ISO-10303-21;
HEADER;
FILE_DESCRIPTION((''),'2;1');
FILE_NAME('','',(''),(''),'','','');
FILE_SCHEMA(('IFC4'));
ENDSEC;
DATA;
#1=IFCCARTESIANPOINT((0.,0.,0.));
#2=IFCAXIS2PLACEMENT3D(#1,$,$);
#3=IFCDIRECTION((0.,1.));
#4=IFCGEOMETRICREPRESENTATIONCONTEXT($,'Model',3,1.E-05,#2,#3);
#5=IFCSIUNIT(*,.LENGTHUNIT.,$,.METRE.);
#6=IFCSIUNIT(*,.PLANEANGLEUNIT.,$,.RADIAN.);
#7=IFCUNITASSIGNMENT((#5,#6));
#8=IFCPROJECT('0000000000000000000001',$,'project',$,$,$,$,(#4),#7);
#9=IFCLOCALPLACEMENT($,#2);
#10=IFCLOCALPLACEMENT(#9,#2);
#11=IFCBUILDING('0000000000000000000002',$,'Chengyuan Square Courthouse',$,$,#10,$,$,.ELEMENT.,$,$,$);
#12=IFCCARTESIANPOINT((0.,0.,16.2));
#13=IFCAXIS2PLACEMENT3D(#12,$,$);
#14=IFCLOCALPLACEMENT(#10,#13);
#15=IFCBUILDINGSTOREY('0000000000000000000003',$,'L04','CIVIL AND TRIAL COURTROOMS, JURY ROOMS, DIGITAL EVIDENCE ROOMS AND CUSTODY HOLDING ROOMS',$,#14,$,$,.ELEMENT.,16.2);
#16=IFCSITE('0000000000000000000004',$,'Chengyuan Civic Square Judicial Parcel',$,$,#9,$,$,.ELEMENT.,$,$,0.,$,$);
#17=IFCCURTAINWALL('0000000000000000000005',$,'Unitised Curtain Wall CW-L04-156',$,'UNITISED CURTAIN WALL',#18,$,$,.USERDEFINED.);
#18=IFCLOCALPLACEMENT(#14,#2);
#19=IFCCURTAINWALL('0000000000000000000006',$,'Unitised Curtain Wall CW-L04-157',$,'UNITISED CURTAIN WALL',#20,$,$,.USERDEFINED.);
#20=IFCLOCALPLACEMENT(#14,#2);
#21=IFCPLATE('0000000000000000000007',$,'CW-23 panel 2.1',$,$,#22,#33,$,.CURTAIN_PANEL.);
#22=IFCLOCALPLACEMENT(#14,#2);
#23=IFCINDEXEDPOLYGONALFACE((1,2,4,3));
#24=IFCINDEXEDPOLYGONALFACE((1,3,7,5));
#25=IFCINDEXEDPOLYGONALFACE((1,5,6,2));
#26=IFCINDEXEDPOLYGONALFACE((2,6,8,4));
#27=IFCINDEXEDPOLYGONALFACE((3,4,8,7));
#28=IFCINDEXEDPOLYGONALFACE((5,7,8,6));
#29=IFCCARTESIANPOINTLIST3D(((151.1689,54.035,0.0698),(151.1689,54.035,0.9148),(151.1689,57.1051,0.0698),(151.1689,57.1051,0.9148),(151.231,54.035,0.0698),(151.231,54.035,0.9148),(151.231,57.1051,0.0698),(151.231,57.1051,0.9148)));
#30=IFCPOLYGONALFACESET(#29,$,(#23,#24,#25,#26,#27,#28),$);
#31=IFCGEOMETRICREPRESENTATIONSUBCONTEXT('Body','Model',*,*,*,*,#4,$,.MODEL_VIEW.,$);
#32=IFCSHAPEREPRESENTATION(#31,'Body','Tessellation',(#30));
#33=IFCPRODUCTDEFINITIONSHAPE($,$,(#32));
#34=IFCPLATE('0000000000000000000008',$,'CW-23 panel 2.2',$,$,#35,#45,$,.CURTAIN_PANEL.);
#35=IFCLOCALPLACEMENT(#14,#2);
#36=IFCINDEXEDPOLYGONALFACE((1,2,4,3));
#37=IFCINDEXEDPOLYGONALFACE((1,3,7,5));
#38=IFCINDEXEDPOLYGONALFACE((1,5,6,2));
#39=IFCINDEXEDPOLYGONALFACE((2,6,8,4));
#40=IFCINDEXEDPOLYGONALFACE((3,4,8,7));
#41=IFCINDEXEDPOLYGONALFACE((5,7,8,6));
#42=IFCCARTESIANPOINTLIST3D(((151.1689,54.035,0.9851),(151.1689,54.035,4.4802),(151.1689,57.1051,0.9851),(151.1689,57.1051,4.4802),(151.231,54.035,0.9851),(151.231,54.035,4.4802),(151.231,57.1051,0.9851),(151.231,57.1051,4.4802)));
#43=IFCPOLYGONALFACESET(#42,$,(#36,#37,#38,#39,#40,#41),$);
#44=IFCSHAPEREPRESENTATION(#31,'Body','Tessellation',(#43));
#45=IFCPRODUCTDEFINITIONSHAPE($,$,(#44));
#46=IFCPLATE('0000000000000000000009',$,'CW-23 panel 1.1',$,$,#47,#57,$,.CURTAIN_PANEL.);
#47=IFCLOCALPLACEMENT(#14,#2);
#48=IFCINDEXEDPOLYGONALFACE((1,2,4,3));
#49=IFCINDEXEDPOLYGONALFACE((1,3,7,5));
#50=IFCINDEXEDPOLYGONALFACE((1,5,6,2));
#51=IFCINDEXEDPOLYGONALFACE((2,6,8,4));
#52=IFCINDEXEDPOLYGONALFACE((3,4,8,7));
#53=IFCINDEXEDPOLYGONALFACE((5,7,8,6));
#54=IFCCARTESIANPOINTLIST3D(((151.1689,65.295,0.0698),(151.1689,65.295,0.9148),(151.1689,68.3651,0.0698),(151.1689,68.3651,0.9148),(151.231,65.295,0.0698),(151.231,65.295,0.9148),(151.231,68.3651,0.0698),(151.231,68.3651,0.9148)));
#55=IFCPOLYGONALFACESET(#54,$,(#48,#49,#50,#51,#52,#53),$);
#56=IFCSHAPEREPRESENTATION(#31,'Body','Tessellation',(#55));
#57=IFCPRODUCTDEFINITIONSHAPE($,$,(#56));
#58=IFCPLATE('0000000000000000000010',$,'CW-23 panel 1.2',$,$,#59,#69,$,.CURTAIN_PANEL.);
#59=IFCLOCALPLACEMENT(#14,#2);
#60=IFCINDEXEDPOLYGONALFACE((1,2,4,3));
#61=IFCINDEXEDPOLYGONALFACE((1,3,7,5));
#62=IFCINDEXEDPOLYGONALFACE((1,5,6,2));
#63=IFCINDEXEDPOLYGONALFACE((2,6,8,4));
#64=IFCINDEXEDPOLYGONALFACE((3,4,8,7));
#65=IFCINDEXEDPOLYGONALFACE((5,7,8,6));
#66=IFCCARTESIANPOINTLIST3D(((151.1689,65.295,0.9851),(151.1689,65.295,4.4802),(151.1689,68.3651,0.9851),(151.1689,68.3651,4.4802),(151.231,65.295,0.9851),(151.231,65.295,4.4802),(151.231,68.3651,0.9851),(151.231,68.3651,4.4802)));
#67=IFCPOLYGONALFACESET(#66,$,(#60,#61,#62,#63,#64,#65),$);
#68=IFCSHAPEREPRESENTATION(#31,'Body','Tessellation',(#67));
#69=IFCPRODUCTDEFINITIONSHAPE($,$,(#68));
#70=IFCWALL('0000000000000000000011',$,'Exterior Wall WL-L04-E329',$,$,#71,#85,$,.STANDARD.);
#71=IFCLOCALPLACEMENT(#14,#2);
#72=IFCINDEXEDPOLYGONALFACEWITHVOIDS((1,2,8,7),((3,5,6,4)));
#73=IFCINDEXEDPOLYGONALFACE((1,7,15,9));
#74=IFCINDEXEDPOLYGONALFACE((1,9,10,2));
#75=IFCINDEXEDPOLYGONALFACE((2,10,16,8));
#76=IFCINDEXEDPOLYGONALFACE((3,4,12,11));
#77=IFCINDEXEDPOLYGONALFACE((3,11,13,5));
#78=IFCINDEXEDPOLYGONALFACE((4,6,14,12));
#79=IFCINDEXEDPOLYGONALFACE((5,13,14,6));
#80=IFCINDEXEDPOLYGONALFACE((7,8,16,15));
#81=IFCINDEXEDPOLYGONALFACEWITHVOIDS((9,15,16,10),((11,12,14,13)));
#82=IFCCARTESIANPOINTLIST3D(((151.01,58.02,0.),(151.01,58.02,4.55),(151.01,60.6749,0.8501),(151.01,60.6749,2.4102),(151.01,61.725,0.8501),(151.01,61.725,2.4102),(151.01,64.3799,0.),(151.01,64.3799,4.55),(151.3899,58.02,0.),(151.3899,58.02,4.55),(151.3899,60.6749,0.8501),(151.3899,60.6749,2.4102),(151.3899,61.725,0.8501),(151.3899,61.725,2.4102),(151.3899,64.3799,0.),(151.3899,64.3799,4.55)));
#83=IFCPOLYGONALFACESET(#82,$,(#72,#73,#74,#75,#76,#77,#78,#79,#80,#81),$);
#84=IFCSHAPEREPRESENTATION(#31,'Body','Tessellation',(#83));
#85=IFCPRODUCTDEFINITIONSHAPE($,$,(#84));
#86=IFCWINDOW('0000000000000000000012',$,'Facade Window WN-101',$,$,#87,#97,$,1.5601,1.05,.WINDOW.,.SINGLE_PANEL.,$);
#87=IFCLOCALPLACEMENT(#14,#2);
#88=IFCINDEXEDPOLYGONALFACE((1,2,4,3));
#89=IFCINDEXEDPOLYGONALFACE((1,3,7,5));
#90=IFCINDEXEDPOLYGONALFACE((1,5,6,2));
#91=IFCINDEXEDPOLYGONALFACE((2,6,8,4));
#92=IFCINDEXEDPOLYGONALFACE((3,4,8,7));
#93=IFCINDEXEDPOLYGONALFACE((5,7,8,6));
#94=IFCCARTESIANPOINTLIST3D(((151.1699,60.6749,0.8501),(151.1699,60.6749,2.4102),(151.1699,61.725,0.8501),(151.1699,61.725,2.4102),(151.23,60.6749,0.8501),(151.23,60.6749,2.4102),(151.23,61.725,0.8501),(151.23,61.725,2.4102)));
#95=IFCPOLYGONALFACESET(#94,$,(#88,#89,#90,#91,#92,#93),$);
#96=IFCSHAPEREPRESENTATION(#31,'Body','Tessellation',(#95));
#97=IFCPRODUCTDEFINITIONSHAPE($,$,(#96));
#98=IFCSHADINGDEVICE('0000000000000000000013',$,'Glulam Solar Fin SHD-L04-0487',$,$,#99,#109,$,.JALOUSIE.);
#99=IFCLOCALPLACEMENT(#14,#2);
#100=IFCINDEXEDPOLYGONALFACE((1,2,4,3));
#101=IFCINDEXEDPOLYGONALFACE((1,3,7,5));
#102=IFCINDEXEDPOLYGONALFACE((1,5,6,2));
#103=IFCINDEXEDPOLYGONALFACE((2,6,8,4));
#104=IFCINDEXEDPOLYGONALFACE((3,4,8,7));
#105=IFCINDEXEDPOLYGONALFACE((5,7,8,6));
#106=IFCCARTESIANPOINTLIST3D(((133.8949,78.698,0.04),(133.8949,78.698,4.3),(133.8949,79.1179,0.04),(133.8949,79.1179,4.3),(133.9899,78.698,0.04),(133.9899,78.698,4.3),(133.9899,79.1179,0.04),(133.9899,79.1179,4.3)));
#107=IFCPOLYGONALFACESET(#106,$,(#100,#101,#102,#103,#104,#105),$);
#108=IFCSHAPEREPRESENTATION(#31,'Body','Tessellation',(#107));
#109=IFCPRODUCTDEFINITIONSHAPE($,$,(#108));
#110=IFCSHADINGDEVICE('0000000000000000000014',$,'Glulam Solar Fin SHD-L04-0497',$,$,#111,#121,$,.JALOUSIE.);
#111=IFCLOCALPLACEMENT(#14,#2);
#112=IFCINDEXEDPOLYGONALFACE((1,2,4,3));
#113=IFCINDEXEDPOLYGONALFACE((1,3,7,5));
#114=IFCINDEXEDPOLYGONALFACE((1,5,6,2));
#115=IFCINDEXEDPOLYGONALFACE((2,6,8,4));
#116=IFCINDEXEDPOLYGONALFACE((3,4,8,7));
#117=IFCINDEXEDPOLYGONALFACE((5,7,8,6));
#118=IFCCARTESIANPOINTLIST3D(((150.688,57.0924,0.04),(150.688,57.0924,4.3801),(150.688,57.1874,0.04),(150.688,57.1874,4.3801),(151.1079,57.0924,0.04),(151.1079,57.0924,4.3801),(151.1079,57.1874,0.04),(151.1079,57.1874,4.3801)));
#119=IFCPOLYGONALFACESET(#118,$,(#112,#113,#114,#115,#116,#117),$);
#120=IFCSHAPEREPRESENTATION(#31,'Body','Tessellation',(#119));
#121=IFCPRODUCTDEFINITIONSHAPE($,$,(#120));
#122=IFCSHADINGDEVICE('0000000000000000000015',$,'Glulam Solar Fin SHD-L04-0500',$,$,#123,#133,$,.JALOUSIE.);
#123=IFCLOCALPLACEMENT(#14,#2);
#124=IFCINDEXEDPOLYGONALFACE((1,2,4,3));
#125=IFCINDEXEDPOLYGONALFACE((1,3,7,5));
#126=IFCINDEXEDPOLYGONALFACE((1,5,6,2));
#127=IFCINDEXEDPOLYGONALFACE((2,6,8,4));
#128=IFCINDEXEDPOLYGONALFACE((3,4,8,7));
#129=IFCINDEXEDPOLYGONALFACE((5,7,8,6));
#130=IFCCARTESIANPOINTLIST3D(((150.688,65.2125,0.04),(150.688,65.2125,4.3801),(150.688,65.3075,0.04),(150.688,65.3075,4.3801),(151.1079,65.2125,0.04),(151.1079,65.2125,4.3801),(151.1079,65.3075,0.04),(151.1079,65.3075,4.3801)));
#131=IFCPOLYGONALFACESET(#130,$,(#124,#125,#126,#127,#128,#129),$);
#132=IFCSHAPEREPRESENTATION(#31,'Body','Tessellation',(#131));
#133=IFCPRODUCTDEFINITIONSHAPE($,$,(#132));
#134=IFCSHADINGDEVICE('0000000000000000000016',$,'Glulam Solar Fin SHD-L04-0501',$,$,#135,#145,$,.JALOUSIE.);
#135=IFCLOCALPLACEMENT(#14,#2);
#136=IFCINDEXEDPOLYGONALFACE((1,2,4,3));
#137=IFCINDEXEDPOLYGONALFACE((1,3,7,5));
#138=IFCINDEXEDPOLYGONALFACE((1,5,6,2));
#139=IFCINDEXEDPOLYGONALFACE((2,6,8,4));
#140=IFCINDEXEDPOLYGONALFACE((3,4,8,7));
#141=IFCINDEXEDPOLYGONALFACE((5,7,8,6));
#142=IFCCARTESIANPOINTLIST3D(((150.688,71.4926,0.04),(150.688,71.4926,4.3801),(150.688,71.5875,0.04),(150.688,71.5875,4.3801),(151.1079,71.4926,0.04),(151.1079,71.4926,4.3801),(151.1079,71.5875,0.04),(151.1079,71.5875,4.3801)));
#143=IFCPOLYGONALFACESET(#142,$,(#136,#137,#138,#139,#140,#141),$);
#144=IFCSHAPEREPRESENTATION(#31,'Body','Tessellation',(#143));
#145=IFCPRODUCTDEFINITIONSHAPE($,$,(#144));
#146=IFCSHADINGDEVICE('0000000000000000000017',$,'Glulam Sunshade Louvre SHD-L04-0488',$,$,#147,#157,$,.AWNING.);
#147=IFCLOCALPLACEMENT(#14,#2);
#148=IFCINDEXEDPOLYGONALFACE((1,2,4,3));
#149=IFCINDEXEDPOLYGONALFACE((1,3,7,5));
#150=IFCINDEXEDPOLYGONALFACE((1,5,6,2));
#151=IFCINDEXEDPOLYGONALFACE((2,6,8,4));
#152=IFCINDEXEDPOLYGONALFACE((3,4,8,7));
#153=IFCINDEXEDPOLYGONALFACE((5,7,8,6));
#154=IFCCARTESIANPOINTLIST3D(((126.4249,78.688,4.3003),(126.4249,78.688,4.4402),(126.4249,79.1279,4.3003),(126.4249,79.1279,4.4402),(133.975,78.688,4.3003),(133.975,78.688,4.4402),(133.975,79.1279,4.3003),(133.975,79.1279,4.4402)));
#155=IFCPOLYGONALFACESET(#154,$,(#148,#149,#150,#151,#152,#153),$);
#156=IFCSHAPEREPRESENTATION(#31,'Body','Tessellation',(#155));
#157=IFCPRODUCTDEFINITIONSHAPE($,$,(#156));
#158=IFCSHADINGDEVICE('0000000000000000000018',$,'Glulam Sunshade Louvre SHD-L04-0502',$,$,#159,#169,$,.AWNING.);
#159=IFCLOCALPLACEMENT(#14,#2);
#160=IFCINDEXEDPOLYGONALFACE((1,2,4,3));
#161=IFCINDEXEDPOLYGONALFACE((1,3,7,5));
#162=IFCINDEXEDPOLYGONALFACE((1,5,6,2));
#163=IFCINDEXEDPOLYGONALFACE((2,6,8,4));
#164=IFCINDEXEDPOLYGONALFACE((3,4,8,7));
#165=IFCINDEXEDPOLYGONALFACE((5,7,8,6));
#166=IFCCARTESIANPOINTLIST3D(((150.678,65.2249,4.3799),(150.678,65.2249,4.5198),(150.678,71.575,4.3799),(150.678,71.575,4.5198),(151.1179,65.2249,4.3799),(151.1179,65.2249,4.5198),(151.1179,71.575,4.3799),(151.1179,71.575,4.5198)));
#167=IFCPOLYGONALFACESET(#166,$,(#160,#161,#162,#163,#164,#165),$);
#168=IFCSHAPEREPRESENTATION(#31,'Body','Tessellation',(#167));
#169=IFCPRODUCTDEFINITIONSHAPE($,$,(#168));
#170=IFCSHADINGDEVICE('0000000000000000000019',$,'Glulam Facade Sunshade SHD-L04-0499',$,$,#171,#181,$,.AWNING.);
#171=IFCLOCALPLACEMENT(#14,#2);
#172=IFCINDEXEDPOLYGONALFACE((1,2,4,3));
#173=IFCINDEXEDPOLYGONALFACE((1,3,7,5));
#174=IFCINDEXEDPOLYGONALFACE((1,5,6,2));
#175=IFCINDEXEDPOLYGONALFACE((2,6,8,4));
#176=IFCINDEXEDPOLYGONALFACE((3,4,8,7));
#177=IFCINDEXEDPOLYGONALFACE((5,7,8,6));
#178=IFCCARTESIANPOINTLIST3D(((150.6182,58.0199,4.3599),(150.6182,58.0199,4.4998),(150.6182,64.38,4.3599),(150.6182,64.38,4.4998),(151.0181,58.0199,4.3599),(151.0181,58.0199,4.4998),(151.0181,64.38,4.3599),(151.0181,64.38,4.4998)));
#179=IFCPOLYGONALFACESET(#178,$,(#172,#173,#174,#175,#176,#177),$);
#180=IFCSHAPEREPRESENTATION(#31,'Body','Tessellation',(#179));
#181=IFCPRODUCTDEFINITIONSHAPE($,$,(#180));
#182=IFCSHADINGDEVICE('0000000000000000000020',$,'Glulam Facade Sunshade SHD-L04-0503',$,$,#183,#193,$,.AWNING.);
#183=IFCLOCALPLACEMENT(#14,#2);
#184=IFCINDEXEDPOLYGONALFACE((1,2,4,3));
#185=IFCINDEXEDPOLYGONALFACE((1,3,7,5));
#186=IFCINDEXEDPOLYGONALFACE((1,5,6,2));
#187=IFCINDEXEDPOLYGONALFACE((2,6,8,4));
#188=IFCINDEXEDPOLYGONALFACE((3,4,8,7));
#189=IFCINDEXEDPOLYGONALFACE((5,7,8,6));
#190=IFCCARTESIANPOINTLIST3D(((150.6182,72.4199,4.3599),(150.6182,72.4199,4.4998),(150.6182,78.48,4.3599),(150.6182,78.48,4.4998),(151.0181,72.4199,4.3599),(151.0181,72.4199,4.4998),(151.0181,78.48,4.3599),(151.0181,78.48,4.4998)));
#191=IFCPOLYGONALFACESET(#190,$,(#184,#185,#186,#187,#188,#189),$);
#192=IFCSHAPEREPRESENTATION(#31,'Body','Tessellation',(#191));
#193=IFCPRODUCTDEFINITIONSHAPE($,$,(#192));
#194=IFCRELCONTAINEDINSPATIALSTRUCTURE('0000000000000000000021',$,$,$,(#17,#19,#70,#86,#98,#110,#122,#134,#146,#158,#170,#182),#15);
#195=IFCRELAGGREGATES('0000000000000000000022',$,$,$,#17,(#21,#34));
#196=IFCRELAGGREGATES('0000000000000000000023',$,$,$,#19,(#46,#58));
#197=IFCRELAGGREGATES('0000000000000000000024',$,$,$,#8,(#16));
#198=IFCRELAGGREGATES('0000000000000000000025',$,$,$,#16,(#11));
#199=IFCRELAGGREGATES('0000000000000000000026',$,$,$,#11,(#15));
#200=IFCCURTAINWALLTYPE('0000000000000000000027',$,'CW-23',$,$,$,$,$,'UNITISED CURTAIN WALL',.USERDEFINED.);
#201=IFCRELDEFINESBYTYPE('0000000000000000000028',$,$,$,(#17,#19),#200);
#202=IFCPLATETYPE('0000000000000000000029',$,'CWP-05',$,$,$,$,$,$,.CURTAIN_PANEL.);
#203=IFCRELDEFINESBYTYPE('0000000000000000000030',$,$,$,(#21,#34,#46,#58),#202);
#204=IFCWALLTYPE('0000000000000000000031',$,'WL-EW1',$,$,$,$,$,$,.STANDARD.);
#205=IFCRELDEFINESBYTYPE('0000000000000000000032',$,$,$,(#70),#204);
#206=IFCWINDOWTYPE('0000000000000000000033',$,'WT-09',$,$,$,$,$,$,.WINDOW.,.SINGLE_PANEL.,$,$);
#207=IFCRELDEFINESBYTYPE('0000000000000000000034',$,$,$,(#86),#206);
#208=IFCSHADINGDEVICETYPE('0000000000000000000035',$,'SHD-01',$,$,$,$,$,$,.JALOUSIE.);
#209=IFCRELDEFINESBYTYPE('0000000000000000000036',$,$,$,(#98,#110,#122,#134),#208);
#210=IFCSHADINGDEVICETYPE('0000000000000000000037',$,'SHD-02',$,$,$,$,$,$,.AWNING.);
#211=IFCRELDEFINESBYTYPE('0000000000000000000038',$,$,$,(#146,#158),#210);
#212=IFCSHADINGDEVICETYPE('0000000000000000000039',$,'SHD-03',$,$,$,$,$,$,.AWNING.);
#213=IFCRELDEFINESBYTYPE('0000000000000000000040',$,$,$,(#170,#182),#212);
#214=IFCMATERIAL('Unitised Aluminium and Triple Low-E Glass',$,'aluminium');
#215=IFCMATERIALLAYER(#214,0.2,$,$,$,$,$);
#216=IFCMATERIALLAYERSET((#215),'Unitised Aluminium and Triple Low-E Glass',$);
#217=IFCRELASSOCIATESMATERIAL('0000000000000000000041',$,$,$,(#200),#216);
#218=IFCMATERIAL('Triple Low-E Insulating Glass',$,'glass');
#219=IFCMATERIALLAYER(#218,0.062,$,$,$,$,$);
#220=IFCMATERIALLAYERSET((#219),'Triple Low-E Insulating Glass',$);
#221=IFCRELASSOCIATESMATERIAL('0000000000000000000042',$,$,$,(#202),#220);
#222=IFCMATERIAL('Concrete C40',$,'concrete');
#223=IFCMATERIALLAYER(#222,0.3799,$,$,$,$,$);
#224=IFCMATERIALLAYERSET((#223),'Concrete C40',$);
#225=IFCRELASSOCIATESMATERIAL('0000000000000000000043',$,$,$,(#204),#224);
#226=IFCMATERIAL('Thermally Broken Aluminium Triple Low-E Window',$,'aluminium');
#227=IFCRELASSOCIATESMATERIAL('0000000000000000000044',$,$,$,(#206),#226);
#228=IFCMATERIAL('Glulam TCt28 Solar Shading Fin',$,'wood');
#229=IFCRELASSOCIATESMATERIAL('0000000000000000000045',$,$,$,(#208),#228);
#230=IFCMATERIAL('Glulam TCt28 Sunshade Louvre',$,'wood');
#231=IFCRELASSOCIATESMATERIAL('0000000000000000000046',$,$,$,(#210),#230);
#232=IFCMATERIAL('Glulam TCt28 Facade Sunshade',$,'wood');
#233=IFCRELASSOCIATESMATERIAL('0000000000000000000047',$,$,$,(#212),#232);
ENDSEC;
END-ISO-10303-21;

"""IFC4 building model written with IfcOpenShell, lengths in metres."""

from ifc_helpers import new_model, si_unit, direction, frame, frame_2d, origin, origin_2d, place, context, subcontext, project, spatial, rectangle, extrude, material, layer, layer_set, type_object, element, fill, aggregate, save


model = new_model("IFC4")

# Units and contexts
model_context = context("Model", 3, precision=1e-05, world=origin(), true_north=direction((0.0, 1.0)))
body_context = subcontext(model_context, "Body", "Model", "MODEL_VIEW")
ifc_project = project(units=[si_unit("LENGTHUNIT", "METRE"), si_unit("PLANEANGLEUNIT", "RADIAN")], contexts=[model_context])

# Site, building, storey
site_placement = place(None, origin())
site = spatial("IfcSite", under=ifc_project, at=site_placement, Name="Chengyuan Civic Square Judicial Parcel", CompositionType="ELEMENT", RefElevation=0.0)
building_placement = place(site_placement, origin())
building = spatial("IfcBuilding", under=site, at=building_placement, Name="Chengyuan Square Courthouse", CompositionType="ELEMENT")
storey_placement = place(building_placement, frame((0.0, 0.0, 16.2)))
storey = spatial("IfcBuildingStorey", under=building, at=storey_placement, Name="L04", Description="CIVIL AND TRIAL COURTROOMS, JURY ROOMS, DIGITAL EVIDENCE ROOMS AND CUSTODY HOLDING ROOMS", CompositionType="ELEMENT", Elevation=16.2)

# Shared definitions
ifc_material_1 = material(Name="Concrete C40", Category="concrete")

# Curtain wall
ifc_material_2 = material(Name="Unitised Aluminium and Triple Low-E Glass", Category="aluminium")
ifc_layer_1 = layer(ifc_material_2, 0.2)
ifc_layer_set_1 = layer_set([ifc_layer_1], Name="Unitised Aluminium and Triple Low-E Glass")
curtain_wall_type = type_object("IfcCurtainWallType", Name="CW-23", ElementType="UNITISED CURTAIN WALL", PredefinedType="USERDEFINED", material=ifc_layer_set_1)
curtain_wall_1_placement = place(storey_placement, origin())
curtain_wall_1 = element("IfcCurtainWall", 1, at=curtain_wall_1_placement, inside=storey, type_object=curtain_wall_type, Name="Unitised Curtain Wall CW-L04-156", ObjectType="UNITISED CURTAIN WALL", PredefinedType="USERDEFINED")

# Curtain wall
curtain_wall_2_placement = place(storey_placement, origin())
curtain_wall_2 = element("IfcCurtainWall", 2, at=curtain_wall_2_placement, inside=storey, type_object=curtain_wall_type, Name="Unitised Curtain Wall CW-L04-157", ObjectType="UNITISED CURTAIN WALL", PredefinedType="USERDEFINED")

# Plates
ifc_material_3 = material(Name="Triple Low-E Insulating Glass", Category="glass")
ifc_layer_2 = layer(ifc_material_3, 0.062)
ifc_layer_set_2 = layer_set([ifc_layer_2], Name="Triple Low-E Insulating Glass")
plate_type = type_object("IfcPlateType", Name="CWP-05", PredefinedType="CURTAIN_PANEL", material=ifc_layer_set_2)
plate_1_placement = place(storey_placement, frame((151.2, 55.5701, 0.0698), z_axis=(0.0, 0.0, 1.0), x_axis=(0.0, 1.0, 0.0)))
plate_1 = element("IfcPlate", 3, at=plate_1_placement, type_object=plate_type, Name="CW-23 panel 2.1", PredefinedType="CURTAIN_PANEL", context=body_context, shape_type="SweptSolid", body=[
    extrude(rectangle(XDim=3.0701, YDim=0.062, at=origin_2d()), origin(), (0.0, 0.0, 1.0), 0.845),
])
plate_2_placement = place(storey_placement, frame((151.2, 55.5701, 0.9851), z_axis=(0.0, 0.0, 1.0), x_axis=(0.0, 1.0, 0.0)))
plate_2 = element("IfcPlate", 4, at=plate_2_placement, type_object=plate_type, Name="CW-23 panel 2.2", PredefinedType="CURTAIN_PANEL", context=body_context, shape_type="SweptSolid", body=[
    extrude(rectangle(XDim=3.0701, YDim=0.062, at=origin_2d()), origin(), (0.0, 0.0, 1.0), 3.4951),
])
aggregate(curtain_wall_1, [plate_1, plate_2])
plate_3_placement = place(storey_placement, frame((151.2, 66.8301, 0.0698), z_axis=(0.0, 0.0, 1.0), x_axis=(0.0, 1.0, 0.0)))
plate_3 = element("IfcPlate", 5, at=plate_3_placement, type_object=plate_type, Name="CW-23 panel 1.1", PredefinedType="CURTAIN_PANEL", context=body_context, shape_type="SweptSolid", body=[
    extrude(rectangle(XDim=3.0701, YDim=0.062, at=origin_2d()), origin(), (0.0, 0.0, 1.0), 0.845),
])
plate_4_placement = place(storey_placement, frame((151.2, 66.8301, 0.9851), z_axis=(0.0, 0.0, 1.0), x_axis=(0.0, 1.0, 0.0)))
plate_4 = element("IfcPlate", 6, at=plate_4_placement, type_object=plate_type, Name="CW-23 panel 1.2", PredefinedType="CURTAIN_PANEL", context=body_context, shape_type="SweptSolid", body=[
    extrude(rectangle(XDim=3.0701, YDim=0.062, at=origin_2d()), origin(), (0.0, 0.0, 1.0), 3.4951),
])
aggregate(curtain_wall_2, [plate_3, plate_4])

# Wall, opening, window
ifc_layer_3 = layer(ifc_material_1, 0.3799)
ifc_layer_set_3 = layer_set([ifc_layer_3], Name="Concrete C40")
wall_type = type_object("IfcWallType", Name="WL-EW1", PredefinedType="STANDARD", material=ifc_layer_set_3)
wall_placement = place(storey_placement, frame((151.2, 58.02, 0.0), z_axis=(0.0, 0.0, 1.0), x_axis=(0.0, 1.0, 0.0)))
wall = element("IfcWall", 7, at=wall_placement, inside=storey, type_object=wall_type, Name="Exterior Wall WL-L04-E329", PredefinedType="STANDARD", context=body_context, shape_type="SweptSolid", body=[
    extrude(rectangle(XDim=6.3599, YDim=0.3799, at=frame_2d((3.1799, 0.0))), origin(), (0.0, 0.0, 1.0), 4.55),
])
opening_placement = place(wall_placement, frame((2.655, 0.0, 0.8501)))
opening = element("IfcOpeningElement", 8, at=opening_placement, cuts=wall, PredefinedType="OPENING", context=body_context, shape_type="SweptSolid", body=[
    extrude(rectangle(XDim=1.05, YDim=1.5601, at=frame_2d((0.5249, 0.78))), frame((0.0, 0.2019, 0.0), z_axis=(0.0, -1.0, 0.0), x_axis=(1.0, 0.0, 0.0)), (0.0, 0.0, 1.0), 0.4038),
])
ifc_material_4 = material(Name="Thermally Broken Aluminium Triple Low-E Window", Category="aluminium")
window_type = type_object("IfcWindowType", Name="WT-09", PartitioningType="SINGLE_PANEL", PredefinedType="WINDOW", material=ifc_material_4)
window_placement = place(opening_placement, origin())
window = element("IfcWindow", 9, at=window_placement, inside=storey, type_object=window_type, Name="Facade Window WN-101", OverallHeight=1.5601, OverallWidth=1.05, PartitioningType="SINGLE_PANEL", PredefinedType="WINDOW", context=body_context, shape_type="SweptSolid", body=[
    extrude(rectangle(XDim=1.05, YDim=1.5601, at=frame_2d((0.5249, 0.78))), frame((0.0, 0.03, 0.0), z_axis=(0.0, -1.0, 0.0), x_axis=(1.0, 0.0, 0.0)), (0.0, 0.0, 1.0), 0.0601),
])
fill(opening, window)

# Shading devices
ifc_material_5 = material(Name="Glulam TCt28 Solar Shading Fin", Category="wood")
shading_device_type_1 = type_object("IfcShadingDeviceType", Name="SHD-01", PredefinedType="JALOUSIE", material=ifc_material_5)
shading_device_1_placement = place(storey_placement, frame((133.9424, 78.908, 0.04), z_axis=(0.0, 0.0, 1.0), x_axis=(0.0, 1.0, 0.0)))
element("IfcShadingDevice", 10, at=shading_device_1_placement, inside=storey, type_object=shading_device_type_1, Name="Glulam Solar Fin SHD-L04-0487", PredefinedType="JALOUSIE", context=body_context, shape_type="SweptSolid", body=[
    extrude(rectangle(XDim=0.4199, YDim=0.095, at=origin_2d()), origin(), (0.0, 0.0, 1.0), 4.26),
])
for number, where, z_axis, x_axis, name in (
    (11, (150.8979, 57.1399, 0.04), (0.0, 0.0, 1.0), (1.0, 0.0, 0.0), "Glulam Solar Fin SHD-L04-0497"),
    (12, (150.8979, 65.26, 0.04), (0.0, 0.0, 1.0), (1.0, 0.0, 0.0), "Glulam Solar Fin SHD-L04-0500"),
    (13, (150.8979, 71.54, 0.04), (0.0, 0.0, 1.0), (1.0, 0.0, 0.0), "Glulam Solar Fin SHD-L04-0501"),
):
    element("IfcShadingDevice", number, at=place(storey_placement, frame(where, z_axis=z_axis, x_axis=x_axis)), inside=storey, type_object=shading_device_type_1, Name=name, PredefinedType="JALOUSIE", context=body_context, shape_type="SweptSolid", body=[
        extrude(rectangle(XDim=0.4199, YDim=0.095, at=origin_2d()), origin(), (0.0, 0.0, 1.0), 4.3401),
    ])
ifc_material_6 = material(Name="Glulam TCt28 Sunshade Louvre", Category="wood")
shading_device_type_2 = type_object("IfcShadingDeviceType", Name="SHD-02", PredefinedType="AWNING", material=ifc_material_6)
shading_device_2_placement = place(storey_placement, frame((130.2, 78.908, 4.3003), z_axis=(0.0, 0.0, 1.0), x_axis=(1.0, 0.0, 0.0)))
element("IfcShadingDevice", 14, at=shading_device_2_placement, inside=storey, type_object=shading_device_type_2, Name="Glulam Sunshade Louvre SHD-L04-0488", PredefinedType="AWNING", context=body_context, shape_type="SweptSolid", body=[
    extrude(rectangle(XDim=7.55, YDim=0.4399, at=origin_2d()), origin(), (0.0, 0.0, 1.0), 0.1399),
])
shading_device_3_placement = place(storey_placement, frame((150.8979, 68.3999, 4.3799), z_axis=(0.0, 0.0, 1.0), x_axis=(0.0, 1.0, 0.0)))
element("IfcShadingDevice", 15, at=shading_device_3_placement, inside=storey, type_object=shading_device_type_2, Name="Glulam Sunshade Louvre SHD-L04-0502", PredefinedType="AWNING", context=body_context, shape_type="SweptSolid", body=[
    extrude(rectangle(XDim=6.3501, YDim=0.4399, at=origin_2d()), origin(), (0.0, 0.0, 1.0), 0.1399),
])
ifc_material_7 = material(Name="Glulam TCt28 Facade Sunshade", Category="wood")
shading_device_type_3 = type_object("IfcShadingDeviceType", Name="SHD-03", PredefinedType="AWNING", material=ifc_material_7)
shading_device_4_placement = place(storey_placement, frame((150.8181, 61.2, 4.3599), z_axis=(0.0, 0.0, 1.0), x_axis=(0.0, 1.0, 0.0)))
element("IfcShadingDevice", 16, at=shading_device_4_placement, inside=storey, type_object=shading_device_type_3, Name="Glulam Facade Sunshade SHD-L04-0499", PredefinedType="AWNING", context=body_context, shape_type="SweptSolid", body=[
    extrude(rectangle(XDim=6.3601, YDim=0.3999, at=origin_2d()), origin(), (0.0, 0.0, 1.0), 0.1399),
])
shading_device_5_placement = place(storey_placement, frame((150.8181, 75.45, 4.3599), z_axis=(0.0, 0.0, 1.0), x_axis=(0.0, 1.0, 0.0)))
element("IfcShadingDevice", 17, at=shading_device_5_placement, inside=storey, type_object=shading_device_type_3, Name="Glulam Facade Sunshade SHD-L04-0503", PredefinedType="AWNING", context=body_context, shape_type="SweptSolid", body=[
    extrude(rectangle(XDim=6.0601, YDim=0.3999, at=origin_2d()), origin(), (0.0, 0.0, 1.0), 0.1399),
])

save(model, "model.ifc")
